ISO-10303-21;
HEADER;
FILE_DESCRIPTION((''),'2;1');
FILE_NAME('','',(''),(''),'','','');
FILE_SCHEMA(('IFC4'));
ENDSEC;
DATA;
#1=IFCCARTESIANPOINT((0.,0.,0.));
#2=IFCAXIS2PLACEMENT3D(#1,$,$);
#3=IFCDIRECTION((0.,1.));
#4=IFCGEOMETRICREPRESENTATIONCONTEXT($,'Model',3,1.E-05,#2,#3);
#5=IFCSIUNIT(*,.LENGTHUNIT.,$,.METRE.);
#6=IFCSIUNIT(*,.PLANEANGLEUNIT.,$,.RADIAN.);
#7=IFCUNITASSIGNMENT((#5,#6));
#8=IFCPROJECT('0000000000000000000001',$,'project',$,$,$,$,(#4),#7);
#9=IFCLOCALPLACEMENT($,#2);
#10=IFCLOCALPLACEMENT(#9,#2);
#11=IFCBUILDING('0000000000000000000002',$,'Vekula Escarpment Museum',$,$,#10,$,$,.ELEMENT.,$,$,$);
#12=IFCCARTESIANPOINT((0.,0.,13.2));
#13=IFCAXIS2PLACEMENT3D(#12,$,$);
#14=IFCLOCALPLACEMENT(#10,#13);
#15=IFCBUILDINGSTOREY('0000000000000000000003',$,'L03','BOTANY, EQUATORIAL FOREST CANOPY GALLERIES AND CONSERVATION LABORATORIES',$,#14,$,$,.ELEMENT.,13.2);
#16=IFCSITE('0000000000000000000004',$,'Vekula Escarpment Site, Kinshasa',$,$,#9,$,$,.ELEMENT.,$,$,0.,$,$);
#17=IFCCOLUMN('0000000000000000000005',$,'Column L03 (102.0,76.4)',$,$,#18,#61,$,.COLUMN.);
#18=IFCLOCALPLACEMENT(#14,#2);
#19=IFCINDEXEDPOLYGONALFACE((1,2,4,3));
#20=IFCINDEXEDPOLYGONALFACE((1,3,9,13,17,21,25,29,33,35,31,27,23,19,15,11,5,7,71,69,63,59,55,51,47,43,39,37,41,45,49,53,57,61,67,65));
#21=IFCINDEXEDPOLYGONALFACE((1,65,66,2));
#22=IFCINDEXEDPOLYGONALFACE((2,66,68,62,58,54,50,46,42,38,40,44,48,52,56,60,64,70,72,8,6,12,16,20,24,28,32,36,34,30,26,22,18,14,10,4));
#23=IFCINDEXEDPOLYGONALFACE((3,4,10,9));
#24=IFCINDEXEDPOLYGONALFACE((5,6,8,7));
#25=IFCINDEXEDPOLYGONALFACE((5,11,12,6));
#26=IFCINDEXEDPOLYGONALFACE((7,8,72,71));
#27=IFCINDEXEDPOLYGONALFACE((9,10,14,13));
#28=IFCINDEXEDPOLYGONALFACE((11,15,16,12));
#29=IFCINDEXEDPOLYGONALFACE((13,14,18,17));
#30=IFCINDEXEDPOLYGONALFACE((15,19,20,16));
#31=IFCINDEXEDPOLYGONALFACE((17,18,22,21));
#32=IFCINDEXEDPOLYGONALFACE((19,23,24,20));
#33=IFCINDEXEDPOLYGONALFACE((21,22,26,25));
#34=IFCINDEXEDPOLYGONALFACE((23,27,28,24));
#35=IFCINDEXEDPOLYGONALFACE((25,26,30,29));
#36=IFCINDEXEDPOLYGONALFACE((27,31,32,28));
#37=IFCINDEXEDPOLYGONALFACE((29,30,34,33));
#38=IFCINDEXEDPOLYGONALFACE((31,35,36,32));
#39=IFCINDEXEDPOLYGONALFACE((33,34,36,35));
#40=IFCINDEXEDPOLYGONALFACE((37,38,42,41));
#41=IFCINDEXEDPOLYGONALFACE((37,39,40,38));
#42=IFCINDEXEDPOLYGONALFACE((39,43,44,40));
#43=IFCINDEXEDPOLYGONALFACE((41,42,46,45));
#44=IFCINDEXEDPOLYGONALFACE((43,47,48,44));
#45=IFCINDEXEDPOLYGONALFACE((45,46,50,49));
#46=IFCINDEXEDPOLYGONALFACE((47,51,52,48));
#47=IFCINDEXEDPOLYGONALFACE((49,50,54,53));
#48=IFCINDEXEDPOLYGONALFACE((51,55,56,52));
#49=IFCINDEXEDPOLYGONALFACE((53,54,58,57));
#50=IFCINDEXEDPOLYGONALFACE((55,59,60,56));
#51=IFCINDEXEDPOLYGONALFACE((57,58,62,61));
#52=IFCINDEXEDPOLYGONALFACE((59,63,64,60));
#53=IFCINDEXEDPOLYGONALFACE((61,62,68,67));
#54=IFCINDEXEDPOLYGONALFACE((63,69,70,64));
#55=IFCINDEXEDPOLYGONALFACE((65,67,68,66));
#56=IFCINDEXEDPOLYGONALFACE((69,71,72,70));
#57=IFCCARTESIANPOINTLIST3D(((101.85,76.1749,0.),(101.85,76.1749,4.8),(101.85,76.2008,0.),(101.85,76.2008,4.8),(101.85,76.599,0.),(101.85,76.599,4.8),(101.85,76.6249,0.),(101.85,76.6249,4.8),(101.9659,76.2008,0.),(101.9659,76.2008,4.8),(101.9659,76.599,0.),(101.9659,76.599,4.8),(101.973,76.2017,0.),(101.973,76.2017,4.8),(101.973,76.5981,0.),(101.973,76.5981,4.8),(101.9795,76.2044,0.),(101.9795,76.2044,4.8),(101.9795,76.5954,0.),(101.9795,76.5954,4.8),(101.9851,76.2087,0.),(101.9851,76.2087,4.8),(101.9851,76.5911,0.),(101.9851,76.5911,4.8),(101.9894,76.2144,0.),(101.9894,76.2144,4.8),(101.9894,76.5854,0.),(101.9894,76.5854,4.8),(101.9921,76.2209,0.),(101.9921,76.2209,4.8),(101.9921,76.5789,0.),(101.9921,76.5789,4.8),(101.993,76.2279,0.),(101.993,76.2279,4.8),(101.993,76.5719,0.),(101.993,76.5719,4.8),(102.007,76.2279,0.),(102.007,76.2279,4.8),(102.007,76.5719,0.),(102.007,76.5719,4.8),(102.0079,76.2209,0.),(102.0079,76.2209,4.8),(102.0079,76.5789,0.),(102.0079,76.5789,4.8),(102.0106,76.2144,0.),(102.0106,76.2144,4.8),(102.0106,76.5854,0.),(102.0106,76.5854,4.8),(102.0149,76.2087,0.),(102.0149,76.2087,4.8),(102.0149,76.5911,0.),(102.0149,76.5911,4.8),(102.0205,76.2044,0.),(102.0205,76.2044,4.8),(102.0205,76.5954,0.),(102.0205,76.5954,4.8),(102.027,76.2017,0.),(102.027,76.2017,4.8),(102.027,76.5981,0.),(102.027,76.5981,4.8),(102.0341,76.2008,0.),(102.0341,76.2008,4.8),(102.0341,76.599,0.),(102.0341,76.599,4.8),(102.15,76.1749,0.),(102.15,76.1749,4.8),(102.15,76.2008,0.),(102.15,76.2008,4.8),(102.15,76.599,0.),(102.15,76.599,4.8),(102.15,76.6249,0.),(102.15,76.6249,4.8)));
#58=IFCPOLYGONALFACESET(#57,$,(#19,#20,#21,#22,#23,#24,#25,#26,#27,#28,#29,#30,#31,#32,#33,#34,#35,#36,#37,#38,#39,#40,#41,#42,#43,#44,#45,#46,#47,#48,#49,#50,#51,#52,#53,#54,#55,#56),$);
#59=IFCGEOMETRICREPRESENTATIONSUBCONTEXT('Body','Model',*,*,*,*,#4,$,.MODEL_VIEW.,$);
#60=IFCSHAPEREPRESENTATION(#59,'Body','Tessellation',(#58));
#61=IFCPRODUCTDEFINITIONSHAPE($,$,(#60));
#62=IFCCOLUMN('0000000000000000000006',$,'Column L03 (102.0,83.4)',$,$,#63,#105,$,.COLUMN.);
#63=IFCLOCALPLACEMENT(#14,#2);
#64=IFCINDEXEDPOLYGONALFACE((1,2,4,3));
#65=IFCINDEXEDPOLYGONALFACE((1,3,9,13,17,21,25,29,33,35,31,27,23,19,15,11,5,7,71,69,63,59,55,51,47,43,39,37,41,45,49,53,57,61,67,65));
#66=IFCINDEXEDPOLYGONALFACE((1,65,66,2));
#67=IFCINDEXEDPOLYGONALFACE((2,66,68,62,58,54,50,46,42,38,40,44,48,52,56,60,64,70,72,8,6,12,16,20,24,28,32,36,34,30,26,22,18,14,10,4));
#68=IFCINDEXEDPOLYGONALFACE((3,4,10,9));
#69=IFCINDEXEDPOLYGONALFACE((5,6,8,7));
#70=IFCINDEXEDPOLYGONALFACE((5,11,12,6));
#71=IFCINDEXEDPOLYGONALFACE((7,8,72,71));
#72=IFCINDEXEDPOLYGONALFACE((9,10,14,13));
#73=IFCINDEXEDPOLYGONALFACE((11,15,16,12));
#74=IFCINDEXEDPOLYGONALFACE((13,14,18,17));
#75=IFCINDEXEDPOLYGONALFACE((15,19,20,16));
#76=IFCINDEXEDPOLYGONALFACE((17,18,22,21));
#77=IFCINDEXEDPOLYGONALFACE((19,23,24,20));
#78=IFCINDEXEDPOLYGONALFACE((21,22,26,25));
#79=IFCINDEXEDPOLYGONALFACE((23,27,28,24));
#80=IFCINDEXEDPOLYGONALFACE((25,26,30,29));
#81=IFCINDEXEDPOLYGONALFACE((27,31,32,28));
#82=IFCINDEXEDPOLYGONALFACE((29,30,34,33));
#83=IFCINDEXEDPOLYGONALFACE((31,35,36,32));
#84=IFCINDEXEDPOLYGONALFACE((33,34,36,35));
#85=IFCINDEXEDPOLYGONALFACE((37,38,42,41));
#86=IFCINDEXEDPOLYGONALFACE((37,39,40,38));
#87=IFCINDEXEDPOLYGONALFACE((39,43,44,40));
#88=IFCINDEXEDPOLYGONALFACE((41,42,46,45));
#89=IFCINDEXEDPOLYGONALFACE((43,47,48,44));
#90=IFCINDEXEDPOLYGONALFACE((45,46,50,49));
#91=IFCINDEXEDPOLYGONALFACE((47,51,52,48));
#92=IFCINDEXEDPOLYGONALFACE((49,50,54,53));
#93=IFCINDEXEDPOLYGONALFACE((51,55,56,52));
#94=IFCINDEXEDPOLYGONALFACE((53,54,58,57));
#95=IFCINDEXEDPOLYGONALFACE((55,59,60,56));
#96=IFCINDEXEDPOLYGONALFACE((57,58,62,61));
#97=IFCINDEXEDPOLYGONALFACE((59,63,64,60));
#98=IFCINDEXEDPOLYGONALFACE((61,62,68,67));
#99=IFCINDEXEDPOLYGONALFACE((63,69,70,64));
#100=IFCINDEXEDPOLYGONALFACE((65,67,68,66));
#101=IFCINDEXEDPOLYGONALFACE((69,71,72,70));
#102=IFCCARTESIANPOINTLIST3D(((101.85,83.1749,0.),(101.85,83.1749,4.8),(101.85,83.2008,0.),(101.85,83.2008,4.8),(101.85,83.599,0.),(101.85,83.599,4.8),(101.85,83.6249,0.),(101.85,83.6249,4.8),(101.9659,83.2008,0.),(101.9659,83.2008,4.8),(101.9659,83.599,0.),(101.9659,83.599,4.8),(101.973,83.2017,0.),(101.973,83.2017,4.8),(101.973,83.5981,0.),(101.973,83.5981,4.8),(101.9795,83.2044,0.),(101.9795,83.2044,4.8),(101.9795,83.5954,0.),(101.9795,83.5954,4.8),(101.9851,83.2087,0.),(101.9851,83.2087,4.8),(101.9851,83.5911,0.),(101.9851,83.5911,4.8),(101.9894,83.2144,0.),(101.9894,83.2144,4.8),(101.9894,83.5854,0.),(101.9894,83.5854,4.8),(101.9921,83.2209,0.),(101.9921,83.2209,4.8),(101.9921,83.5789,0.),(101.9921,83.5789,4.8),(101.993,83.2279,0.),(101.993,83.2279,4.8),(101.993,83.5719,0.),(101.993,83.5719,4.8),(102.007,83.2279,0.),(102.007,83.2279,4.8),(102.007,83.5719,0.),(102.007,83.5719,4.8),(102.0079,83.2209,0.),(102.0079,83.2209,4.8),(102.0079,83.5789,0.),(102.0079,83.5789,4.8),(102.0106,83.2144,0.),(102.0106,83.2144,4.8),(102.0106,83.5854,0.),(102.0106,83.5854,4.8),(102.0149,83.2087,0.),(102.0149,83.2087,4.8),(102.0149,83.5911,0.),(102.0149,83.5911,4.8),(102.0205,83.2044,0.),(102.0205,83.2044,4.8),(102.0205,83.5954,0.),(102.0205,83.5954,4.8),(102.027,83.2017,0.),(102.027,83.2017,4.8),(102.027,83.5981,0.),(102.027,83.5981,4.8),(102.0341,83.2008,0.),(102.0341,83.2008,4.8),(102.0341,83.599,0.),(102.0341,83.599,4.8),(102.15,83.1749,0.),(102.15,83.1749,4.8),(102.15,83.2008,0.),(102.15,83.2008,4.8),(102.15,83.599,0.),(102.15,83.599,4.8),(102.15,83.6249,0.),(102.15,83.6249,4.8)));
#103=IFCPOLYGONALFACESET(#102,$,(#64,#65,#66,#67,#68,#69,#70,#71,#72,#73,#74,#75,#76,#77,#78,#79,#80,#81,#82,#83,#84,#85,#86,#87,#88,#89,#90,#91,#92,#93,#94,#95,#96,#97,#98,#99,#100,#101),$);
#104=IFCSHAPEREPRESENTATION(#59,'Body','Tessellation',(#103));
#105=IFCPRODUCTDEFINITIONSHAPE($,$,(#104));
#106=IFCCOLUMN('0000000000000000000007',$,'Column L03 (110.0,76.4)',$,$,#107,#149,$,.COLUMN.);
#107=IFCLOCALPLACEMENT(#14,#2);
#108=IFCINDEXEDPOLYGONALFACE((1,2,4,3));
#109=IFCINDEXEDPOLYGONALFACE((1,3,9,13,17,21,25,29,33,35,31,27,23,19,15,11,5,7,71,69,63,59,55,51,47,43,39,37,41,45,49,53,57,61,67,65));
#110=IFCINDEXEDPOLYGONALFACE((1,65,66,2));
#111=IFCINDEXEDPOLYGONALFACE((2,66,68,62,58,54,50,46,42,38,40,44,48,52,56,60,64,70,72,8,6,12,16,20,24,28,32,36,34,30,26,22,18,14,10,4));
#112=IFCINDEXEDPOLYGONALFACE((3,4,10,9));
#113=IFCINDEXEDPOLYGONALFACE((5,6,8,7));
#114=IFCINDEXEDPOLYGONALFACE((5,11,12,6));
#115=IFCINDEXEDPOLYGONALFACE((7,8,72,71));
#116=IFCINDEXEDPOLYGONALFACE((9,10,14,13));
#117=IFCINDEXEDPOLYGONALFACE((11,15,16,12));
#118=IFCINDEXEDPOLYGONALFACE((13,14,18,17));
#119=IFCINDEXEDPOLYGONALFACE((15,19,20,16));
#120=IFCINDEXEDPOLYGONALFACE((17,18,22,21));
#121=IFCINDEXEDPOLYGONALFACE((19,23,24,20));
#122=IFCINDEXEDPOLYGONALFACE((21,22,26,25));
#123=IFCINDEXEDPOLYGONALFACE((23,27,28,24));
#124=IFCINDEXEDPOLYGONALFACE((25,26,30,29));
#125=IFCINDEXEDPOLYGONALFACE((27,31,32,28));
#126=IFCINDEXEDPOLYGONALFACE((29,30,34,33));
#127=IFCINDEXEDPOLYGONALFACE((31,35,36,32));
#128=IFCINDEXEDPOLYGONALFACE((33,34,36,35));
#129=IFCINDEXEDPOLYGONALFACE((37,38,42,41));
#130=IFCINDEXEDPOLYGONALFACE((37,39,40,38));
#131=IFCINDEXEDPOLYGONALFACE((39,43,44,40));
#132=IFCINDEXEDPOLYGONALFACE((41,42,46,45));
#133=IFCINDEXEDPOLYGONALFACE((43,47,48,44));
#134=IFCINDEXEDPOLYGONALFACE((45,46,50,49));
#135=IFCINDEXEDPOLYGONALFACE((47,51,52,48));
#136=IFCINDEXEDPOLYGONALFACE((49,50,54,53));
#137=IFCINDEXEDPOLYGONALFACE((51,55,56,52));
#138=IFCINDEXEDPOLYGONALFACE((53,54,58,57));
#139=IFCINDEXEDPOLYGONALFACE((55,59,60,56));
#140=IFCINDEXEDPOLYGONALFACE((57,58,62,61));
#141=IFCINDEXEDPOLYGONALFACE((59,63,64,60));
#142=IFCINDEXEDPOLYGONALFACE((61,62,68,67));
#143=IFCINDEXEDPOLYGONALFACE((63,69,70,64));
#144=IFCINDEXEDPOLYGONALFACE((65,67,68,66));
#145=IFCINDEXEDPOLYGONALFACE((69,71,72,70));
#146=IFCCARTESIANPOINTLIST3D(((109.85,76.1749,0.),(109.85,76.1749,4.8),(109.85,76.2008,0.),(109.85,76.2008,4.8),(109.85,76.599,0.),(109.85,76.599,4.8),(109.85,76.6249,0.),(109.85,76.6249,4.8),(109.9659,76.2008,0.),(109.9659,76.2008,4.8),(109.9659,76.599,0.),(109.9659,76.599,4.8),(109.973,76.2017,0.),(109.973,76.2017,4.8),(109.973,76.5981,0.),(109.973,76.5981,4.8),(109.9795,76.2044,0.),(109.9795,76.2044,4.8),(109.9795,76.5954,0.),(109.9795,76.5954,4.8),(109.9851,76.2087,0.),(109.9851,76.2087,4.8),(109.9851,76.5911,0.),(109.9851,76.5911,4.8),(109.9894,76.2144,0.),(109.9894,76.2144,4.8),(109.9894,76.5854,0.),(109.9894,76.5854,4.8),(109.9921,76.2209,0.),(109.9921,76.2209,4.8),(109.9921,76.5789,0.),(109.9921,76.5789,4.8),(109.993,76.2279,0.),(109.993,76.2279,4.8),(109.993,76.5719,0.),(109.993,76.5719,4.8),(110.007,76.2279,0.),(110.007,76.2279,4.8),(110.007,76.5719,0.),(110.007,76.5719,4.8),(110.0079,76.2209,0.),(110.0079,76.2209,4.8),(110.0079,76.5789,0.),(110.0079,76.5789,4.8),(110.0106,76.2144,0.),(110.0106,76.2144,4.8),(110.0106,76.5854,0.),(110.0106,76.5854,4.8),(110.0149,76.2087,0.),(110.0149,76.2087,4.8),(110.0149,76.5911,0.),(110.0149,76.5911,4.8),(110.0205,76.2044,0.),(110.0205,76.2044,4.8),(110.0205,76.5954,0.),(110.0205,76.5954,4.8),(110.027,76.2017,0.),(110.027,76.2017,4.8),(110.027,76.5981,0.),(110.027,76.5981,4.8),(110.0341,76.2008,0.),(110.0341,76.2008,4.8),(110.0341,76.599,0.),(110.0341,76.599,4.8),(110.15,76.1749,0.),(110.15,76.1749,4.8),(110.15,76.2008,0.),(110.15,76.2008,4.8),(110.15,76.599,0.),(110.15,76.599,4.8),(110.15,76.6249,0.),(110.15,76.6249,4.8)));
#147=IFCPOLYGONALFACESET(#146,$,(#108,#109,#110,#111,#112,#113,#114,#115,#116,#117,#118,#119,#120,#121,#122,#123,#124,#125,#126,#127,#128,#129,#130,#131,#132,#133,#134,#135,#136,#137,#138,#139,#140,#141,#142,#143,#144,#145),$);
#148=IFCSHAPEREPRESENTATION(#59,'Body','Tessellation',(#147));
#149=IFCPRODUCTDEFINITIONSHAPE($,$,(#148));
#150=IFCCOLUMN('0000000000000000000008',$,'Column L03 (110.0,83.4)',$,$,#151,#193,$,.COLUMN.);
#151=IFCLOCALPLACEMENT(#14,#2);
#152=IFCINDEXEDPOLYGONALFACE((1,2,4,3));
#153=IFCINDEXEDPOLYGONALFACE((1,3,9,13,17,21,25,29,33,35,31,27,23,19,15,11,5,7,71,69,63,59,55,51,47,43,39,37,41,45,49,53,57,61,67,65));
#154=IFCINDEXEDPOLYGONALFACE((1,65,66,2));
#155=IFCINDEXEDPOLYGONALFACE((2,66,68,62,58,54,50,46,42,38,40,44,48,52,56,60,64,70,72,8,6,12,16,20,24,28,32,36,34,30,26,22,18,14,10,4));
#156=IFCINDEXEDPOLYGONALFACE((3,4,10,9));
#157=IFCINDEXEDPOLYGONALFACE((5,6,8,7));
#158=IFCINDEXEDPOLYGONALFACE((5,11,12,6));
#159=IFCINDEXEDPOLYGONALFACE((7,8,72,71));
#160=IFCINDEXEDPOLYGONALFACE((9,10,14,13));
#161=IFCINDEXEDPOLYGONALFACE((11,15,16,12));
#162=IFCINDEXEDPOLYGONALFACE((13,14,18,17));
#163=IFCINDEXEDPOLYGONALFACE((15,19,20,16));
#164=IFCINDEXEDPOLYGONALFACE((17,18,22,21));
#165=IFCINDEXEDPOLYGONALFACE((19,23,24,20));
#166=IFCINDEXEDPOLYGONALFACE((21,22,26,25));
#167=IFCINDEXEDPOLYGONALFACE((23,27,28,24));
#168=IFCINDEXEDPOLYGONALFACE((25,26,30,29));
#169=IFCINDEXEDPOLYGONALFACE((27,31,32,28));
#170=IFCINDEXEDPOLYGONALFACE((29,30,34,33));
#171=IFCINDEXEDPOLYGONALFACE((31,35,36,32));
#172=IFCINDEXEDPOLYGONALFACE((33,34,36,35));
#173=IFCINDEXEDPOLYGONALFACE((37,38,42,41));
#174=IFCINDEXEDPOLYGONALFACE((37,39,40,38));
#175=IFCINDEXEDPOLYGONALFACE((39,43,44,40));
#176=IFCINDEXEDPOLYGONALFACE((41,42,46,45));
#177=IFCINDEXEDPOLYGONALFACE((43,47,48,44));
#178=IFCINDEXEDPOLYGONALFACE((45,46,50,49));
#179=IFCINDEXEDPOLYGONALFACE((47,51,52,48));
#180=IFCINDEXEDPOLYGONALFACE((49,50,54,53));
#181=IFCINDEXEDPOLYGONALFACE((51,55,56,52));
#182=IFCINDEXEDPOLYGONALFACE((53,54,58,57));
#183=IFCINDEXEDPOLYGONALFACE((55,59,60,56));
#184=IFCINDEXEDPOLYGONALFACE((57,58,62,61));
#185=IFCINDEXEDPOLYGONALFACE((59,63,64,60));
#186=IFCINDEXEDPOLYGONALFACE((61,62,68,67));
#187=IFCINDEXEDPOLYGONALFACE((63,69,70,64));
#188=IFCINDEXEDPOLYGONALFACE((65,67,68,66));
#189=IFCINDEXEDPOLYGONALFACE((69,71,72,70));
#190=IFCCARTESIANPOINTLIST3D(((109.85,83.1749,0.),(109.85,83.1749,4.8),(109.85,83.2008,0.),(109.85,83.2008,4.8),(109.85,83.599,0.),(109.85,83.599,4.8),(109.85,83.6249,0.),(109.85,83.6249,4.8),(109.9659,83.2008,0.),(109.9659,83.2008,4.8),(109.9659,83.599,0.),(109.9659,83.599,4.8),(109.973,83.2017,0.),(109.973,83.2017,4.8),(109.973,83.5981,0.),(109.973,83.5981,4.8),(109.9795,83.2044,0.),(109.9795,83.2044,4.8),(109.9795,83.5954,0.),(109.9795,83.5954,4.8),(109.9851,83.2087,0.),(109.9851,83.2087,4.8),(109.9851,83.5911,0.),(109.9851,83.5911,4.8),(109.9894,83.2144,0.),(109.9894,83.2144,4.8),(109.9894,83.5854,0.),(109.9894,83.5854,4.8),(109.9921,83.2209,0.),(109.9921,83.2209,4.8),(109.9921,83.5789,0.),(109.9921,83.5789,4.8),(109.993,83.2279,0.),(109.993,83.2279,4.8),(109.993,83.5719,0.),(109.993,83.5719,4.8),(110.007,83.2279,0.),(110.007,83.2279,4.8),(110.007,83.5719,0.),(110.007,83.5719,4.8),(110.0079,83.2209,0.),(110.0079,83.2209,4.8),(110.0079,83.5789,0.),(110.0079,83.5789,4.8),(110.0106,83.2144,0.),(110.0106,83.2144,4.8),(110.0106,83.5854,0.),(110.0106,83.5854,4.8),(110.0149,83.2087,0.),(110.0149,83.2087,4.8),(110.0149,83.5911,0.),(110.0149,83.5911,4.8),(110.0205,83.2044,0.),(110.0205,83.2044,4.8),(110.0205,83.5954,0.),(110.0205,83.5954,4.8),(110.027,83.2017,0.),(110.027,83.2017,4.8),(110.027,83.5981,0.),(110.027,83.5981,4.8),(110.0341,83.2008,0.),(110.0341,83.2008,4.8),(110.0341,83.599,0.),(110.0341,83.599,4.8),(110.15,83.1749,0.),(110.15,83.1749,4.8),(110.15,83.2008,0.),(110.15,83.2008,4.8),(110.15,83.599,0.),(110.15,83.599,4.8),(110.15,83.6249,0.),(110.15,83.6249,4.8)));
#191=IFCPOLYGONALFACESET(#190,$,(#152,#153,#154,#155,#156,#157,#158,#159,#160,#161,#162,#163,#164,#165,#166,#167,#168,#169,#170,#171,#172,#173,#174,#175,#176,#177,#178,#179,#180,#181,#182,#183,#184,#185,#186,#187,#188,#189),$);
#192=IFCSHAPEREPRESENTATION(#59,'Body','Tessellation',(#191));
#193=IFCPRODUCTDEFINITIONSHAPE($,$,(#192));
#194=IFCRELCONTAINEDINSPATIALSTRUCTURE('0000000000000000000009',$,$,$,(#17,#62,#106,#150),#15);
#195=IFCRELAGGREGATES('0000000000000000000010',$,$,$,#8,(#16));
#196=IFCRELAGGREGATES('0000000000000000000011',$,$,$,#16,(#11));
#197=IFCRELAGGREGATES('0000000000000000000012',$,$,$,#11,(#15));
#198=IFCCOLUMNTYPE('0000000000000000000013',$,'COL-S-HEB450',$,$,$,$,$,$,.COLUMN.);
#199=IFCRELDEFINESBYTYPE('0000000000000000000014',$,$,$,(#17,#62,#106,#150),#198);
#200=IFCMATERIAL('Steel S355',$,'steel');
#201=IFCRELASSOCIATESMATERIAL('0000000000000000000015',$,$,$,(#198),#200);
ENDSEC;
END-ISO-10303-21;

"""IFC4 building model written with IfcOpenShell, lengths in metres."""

from ifc_helpers import new_model, si_unit, direction, frame, origin, origin_2d, place, context, subcontext, project, spatial, i_section, extrude, material, material_profile, profile_set, type_object, element, save


model = new_model("IFC4")

# Units and contexts
model_context = context("Model", 3, precision=1e-05, world=origin(), true_north=direction((0.0, 1.0)))
body_context = subcontext(model_context, "Body", "Model", "MODEL_VIEW")
ifc_project = project(units=[si_unit("LENGTHUNIT", "METRE"), si_unit("PLANEANGLEUNIT", "RADIAN")], contexts=[model_context])

# Site, building, storey
site_placement = place(None, origin())
site = spatial("IfcSite", under=ifc_project, at=site_placement, Name="Vekula Escarpment Site, Kinshasa", CompositionType="ELEMENT", RefElevation=0.0)
building_placement = place(site_placement, origin())
building = spatial("IfcBuilding", under=site, at=building_placement, Name="Vekula Escarpment Museum", CompositionType="ELEMENT")
storey_placement = place(building_placement, frame((0.0, 0.0, 13.2)))
storey = spatial("IfcBuildingStorey", under=building, at=storey_placement, Name="L03", Description="BOTANY, EQUATORIAL FOREST CANOPY GALLERIES AND CONSERVATION LABORATORIES", CompositionType="ELEMENT", Elevation=13.2)

# Columns
ifc_material_1 = material(Name="Steel S355", Category="steel")
ifc_material_profile_1 = material_profile(ifc_material_1, i_section(OverallWidth=0.3, OverallDepth=0.45, WebThickness=0.0139, FlangeThickness=0.0259, FilletRadius=0.0271, at=origin_2d()), Name="HEB 450")
ifc_profile_set_1 = profile_set([ifc_material_profile_1], Name="Steel S355")
column_type = type_object("IfcColumnType", Name="COL-S-HEB450", PredefinedType="COLUMN", material=ifc_profile_set_1)
for number, where, z_axis, x_axis, name in (
    (1, (102.0, 76.3999, 0.0), (0.0, 0.0, 1.0), (1.0, 0.0, 0.0), "Column L03 (102.0,76.4)"),
    (2, (102.0, 83.3999, 0.0), (0.0, 0.0, 1.0), (1.0, 0.0, 0.0), "Column L03 (102.0,83.4)"),
    (3, (110.0, 76.3999, 0.0), (0.0, 0.0, 1.0), (1.0, 0.0, 0.0), "Column L03 (110.0,76.4)"),
    (4, (110.0, 83.3999, 0.0), (0.0, 0.0, 1.0), (1.0, 0.0, 0.0), "Column L03 (110.0,83.4)"),
):
    element("IfcColumn", number, at=place(storey_placement, frame(where, z_axis=z_axis, x_axis=x_axis)), inside=storey, type_object=column_type, Name=name, PredefinedType="COLUMN", context=body_context, shape_type="SweptSolid", body=[
        extrude(i_section(OverallWidth=0.3, OverallDepth=0.45, WebThickness=0.0139, FlangeThickness=0.0259, FilletRadius=0.0271, at=origin_2d()), origin(), (0.0, 0.0, 1.0), 4.8),
    ])

save(model, "model.ifc")
